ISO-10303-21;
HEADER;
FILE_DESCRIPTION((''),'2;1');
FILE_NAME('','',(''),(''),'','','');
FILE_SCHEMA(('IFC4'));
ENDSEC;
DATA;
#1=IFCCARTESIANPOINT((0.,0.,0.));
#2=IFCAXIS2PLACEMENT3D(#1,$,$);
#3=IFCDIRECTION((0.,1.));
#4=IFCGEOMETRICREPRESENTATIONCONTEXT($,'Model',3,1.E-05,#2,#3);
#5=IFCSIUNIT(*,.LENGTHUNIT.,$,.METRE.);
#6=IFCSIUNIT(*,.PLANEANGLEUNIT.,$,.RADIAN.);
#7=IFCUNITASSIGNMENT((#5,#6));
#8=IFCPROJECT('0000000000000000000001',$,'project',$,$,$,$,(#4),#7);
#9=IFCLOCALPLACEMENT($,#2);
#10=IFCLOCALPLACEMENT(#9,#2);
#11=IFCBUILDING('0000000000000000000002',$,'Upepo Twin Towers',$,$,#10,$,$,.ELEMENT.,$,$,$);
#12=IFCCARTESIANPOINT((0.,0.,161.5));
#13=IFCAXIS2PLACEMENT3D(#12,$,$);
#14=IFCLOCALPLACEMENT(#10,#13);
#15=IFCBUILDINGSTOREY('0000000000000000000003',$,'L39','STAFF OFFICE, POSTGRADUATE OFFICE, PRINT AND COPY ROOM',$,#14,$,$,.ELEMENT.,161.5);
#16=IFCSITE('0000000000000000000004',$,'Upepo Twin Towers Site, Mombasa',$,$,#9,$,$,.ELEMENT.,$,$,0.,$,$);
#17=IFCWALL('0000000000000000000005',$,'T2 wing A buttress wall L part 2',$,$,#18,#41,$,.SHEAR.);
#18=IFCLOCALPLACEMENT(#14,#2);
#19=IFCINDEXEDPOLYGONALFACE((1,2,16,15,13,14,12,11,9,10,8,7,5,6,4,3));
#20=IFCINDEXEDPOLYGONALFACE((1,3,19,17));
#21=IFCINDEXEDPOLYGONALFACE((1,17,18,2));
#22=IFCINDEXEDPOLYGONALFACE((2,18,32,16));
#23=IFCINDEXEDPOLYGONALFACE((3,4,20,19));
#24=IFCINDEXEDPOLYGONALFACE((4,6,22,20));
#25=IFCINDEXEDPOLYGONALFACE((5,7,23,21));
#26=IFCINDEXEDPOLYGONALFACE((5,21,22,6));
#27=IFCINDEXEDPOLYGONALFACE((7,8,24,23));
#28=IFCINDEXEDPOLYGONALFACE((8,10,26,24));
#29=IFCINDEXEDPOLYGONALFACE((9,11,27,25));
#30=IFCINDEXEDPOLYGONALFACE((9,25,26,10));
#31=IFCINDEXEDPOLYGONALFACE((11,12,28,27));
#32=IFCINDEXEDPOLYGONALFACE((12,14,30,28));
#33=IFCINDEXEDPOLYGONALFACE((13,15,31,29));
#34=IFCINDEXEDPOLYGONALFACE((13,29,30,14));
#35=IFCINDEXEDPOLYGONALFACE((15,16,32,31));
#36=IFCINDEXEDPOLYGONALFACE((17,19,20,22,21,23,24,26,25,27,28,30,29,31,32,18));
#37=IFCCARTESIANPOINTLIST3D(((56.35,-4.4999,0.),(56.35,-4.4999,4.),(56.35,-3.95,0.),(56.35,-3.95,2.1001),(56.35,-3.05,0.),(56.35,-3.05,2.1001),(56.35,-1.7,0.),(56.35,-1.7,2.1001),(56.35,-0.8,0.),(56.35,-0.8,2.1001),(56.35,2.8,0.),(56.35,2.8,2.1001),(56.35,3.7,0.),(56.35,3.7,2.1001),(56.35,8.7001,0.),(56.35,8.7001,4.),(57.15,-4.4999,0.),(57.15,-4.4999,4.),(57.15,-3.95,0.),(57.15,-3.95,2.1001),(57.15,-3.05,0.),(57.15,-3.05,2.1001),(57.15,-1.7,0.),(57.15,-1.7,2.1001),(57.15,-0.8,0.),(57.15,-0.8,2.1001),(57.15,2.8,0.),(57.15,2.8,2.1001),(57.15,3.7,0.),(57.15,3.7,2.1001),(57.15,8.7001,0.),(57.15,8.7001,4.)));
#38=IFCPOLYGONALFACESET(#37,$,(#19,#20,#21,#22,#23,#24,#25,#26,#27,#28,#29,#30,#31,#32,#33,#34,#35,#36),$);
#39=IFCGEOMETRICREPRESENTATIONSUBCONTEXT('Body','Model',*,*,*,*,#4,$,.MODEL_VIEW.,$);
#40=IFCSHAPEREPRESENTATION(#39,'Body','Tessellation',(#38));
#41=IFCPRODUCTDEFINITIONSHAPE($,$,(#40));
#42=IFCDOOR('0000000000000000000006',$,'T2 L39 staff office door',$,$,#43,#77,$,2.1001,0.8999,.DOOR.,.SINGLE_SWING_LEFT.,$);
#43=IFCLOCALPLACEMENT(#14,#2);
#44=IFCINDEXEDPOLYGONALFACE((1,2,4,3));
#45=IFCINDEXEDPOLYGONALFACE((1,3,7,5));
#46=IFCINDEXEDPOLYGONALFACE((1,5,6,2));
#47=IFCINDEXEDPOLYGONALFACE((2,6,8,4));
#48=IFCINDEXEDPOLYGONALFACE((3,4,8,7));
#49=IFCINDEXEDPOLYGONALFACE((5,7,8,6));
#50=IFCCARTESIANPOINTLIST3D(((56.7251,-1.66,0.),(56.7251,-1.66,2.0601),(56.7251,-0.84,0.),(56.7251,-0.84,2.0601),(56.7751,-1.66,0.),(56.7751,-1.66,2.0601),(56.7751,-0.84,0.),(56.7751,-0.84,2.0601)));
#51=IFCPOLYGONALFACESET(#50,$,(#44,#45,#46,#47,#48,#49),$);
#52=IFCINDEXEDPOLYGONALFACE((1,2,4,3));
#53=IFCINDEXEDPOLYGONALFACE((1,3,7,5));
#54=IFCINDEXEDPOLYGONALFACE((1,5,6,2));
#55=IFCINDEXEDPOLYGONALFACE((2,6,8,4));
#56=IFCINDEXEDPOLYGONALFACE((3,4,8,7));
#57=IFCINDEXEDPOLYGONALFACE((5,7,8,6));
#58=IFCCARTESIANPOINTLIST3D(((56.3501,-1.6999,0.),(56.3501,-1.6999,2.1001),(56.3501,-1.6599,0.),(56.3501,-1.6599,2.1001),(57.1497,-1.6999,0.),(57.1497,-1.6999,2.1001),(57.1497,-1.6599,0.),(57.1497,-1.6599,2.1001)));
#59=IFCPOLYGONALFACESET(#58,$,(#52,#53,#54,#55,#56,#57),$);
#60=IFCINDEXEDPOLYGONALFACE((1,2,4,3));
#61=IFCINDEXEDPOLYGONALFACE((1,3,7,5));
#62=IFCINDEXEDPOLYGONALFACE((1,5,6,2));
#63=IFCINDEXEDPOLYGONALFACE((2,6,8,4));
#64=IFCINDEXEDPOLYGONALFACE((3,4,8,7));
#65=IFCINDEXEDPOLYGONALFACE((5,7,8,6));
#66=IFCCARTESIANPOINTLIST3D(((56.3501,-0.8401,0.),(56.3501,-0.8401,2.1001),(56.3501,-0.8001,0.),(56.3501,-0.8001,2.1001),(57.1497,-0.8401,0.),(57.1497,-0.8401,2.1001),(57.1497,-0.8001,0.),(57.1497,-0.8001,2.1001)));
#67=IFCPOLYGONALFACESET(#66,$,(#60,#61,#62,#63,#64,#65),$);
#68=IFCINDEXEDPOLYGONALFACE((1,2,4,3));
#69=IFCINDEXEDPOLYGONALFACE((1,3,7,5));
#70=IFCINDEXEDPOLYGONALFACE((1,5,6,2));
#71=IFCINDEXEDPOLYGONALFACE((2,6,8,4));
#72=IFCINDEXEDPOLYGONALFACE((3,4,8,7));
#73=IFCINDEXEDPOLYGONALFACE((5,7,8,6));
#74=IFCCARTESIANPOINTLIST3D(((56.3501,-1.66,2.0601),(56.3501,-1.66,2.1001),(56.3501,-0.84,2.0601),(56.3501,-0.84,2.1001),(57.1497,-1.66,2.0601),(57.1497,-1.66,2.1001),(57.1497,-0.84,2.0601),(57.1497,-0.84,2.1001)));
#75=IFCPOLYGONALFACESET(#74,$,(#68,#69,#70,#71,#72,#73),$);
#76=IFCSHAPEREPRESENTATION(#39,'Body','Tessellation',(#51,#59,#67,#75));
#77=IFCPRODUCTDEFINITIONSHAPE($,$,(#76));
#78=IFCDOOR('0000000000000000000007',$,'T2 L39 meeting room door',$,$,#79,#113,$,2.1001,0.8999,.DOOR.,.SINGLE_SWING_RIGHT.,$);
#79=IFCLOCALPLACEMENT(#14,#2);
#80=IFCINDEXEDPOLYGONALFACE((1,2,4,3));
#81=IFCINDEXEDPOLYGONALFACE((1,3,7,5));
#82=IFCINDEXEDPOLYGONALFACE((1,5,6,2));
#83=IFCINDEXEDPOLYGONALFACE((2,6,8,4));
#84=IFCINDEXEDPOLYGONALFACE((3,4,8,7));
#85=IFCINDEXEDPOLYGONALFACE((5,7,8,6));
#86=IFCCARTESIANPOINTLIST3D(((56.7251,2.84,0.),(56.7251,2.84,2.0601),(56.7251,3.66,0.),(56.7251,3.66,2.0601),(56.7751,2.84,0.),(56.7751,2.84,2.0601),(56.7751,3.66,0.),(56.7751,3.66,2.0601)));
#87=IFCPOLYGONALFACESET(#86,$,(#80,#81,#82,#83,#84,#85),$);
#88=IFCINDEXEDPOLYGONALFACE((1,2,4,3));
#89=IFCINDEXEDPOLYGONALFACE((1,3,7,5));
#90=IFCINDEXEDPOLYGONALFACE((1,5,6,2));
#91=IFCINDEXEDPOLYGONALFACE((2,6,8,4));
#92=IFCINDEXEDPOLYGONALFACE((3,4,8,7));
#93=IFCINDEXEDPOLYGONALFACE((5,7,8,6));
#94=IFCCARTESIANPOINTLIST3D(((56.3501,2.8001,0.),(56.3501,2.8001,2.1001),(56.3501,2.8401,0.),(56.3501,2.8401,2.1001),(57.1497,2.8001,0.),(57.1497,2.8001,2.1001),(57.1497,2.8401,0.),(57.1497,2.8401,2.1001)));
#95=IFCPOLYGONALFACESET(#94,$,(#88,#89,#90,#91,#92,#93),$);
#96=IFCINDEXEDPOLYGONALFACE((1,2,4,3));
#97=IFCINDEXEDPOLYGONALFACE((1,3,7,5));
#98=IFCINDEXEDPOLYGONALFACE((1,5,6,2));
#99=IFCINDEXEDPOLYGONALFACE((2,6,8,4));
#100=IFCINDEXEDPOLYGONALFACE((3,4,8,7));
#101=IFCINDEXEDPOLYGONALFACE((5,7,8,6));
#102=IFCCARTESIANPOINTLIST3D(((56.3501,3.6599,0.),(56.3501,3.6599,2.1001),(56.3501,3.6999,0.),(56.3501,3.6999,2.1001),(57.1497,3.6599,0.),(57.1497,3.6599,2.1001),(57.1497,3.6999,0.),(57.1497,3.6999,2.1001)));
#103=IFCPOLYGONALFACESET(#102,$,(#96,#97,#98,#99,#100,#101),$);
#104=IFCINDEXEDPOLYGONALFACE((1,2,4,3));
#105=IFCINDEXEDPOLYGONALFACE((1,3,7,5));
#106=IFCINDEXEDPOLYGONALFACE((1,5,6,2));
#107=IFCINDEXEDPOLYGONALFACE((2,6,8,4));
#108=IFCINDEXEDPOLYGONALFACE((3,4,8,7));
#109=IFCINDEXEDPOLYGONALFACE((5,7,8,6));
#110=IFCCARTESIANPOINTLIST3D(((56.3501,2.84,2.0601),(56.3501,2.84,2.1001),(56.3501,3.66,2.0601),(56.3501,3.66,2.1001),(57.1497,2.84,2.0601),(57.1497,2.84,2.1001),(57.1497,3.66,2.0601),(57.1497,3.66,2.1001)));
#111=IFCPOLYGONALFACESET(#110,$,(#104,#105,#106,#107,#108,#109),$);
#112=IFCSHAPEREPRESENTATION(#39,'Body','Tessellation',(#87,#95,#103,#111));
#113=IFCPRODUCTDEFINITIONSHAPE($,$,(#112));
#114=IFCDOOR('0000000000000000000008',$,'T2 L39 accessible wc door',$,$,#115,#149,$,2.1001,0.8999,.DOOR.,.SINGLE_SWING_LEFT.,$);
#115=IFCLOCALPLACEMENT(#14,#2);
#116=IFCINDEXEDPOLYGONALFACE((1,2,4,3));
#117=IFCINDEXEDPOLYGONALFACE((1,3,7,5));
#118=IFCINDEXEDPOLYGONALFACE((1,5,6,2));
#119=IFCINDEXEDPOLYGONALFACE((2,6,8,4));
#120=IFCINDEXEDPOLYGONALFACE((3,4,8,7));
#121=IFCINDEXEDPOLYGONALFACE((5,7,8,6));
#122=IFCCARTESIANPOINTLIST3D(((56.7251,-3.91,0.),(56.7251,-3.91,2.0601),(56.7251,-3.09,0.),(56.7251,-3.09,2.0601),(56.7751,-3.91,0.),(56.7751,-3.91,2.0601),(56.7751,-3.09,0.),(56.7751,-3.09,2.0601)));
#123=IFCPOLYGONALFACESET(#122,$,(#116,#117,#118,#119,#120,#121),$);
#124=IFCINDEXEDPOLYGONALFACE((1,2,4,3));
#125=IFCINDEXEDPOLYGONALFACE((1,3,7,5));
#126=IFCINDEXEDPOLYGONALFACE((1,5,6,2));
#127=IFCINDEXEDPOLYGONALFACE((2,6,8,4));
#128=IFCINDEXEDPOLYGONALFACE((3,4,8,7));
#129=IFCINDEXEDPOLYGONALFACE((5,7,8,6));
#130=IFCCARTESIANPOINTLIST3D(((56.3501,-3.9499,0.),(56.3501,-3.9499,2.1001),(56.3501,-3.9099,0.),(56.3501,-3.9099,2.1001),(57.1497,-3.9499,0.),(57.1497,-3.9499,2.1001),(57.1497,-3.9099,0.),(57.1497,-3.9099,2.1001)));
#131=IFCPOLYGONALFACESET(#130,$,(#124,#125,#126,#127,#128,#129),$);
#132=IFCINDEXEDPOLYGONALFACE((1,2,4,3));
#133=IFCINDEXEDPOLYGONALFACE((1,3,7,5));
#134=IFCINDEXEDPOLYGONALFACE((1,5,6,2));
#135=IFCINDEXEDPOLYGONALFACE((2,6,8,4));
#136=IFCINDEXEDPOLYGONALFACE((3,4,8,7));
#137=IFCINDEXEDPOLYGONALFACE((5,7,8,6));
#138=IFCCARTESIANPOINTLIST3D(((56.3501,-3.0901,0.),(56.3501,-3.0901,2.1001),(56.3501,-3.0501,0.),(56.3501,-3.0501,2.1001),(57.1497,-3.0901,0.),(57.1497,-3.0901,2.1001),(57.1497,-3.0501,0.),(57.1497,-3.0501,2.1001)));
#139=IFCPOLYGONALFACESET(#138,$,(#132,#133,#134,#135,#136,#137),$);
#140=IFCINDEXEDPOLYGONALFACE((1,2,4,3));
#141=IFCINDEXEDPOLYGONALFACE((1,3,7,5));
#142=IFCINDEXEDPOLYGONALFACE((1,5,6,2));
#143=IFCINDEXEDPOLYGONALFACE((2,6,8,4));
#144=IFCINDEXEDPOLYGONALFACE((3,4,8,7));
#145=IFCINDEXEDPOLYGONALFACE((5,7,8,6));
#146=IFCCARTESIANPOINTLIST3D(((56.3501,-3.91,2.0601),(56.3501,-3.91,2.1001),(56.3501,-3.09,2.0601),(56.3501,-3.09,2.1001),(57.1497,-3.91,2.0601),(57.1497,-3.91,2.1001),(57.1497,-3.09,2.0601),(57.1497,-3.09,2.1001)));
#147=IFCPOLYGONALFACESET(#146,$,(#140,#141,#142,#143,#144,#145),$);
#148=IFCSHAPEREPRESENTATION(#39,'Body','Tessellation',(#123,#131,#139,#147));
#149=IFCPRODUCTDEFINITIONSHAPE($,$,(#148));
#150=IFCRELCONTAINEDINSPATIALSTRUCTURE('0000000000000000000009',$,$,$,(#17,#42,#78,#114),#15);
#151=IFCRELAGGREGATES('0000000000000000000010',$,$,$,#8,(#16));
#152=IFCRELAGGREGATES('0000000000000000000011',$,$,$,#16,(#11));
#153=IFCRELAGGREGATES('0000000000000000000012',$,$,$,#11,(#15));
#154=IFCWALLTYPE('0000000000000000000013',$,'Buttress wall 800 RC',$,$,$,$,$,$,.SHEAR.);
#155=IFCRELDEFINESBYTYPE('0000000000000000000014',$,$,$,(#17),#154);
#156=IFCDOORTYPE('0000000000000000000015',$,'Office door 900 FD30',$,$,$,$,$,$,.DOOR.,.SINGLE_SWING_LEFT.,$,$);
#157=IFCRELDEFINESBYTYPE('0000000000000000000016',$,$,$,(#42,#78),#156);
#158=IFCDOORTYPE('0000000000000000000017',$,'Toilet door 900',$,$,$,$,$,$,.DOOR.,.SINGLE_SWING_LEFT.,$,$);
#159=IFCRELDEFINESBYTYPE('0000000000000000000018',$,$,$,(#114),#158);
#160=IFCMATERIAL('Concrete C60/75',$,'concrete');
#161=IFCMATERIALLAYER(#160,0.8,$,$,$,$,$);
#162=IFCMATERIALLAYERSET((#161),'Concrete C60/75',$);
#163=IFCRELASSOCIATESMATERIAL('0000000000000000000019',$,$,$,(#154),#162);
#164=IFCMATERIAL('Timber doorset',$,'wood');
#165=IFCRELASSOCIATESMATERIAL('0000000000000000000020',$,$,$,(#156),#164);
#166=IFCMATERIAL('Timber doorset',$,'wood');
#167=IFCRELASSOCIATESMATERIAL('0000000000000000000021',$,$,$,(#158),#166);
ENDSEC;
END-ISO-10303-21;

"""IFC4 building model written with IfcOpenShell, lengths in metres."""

from ifc_helpers import new_model, si_unit, direction, frame, frame_2d, origin, place, context, subcontext, project, spatial, rectangle, extrude, material, layer, layer_set, type_object, element, fill, save


model = new_model("IFC4")

# Units and contexts
model_context = context("Model", 3, precision=1e-05, world=origin(), true_north=direction((0.0, 1.0)))
body_context = subcontext(model_context, "Body", "Model", "MODEL_VIEW")
ifc_project = project(units=[si_unit("LENGTHUNIT", "METRE"), si_unit("PLANEANGLEUNIT", "RADIAN")], contexts=[model_context])

# Site, building, storey
site_placement = place(None, origin())
site = spatial("IfcSite", under=ifc_project, at=site_placement, Name="Upepo Twin Towers Site, Mombasa", CompositionType="ELEMENT", RefElevation=0.0)
building_placement = place(site_placement, origin())
building = spatial("IfcBuilding", under=site, at=building_placement, Name="Upepo Twin Towers", CompositionType="ELEMENT")
storey_placement = place(building_placement, frame((0.0, 0.0, 161.5)))
storey = spatial("IfcBuildingStorey", under=building, at=storey_placement, Name="L39", Description="STAFF OFFICE, POSTGRADUATE OFFICE, PRINT AND COPY ROOM", CompositionType="ELEMENT", Elevation=161.5)

# Wall, openings, doors
ifc_material_1 = material(Name="Concrete C60/75", Category="concrete")
ifc_layer_1 = layer(ifc_material_1, 0.8)
ifc_layer_set_1 = layer_set([ifc_layer_1], Name="Concrete C60/75")
wall_type_1 = type_object("IfcWallType", Name="Buttress wall 800 RC", PredefinedType="SHEAR", material=ifc_layer_set_1)
wall_1_placement = place(storey_placement, frame((56.75, -4.5, 0.0), z_axis=(0.0, 0.0, 1.0), x_axis=(0.0, 1.0, 0.0)))
wall_1 = element("IfcWall", 1, at=wall_1_placement, inside=storey, type_object=wall_type_1, Name="T2 wing A buttress wall L part 2", PredefinedType="SHEAR", context=body_context, shape_type="SweptSolid", body=[
    extrude(rectangle(XDim=13.2, YDim=0.8, at=frame_2d((6.6001, 0.0))), origin(), (0.0, 0.0, 1.0), 4.0),
])
opening_1_placement = place(wall_1_placement, frame((0.55, 0.0, 0.0)))
opening_1 = element("IfcOpeningElement", 2, at=opening_1_placement, cuts=wall_1, PredefinedType="OPENING", context=body_context, shape_type="SweptSolid", body=[
    extrude(rectangle(XDim=0.8999, YDim=2.1001, at=frame_2d((0.45, 1.05))), frame((0.0, 0.4099, 0.0), z_axis=(0.0, -1.0, 0.0), x_axis=(1.0, 0.0, 0.0)), (0.0, 0.0, 1.0), 0.8201),
])
opening_2_placement = place(wall_1_placement, frame((2.8, 0.0, 0.0)))
opening_2 = element("IfcOpeningElement", 3, at=opening_2_placement, cuts=wall_1, PredefinedType="OPENING", context=body_context, shape_type="SweptSolid", body=[
    extrude(rectangle(XDim=0.8999, YDim=2.1001, at=frame_2d((0.45, 1.05))), frame((0.0, 0.4099, 0.0), z_axis=(0.0, -1.0, 0.0), x_axis=(1.0, 0.0, 0.0)), (0.0, 0.0, 1.0), 0.8201),
])
opening_3_placement = place(wall_1_placement, frame((7.3, 0.0, 0.0)))
opening_3 = element("IfcOpeningElement", 4, at=opening_3_placement, cuts=wall_1, PredefinedType="OPENING", context=body_context, shape_type="SweptSolid", body=[
    extrude(rectangle(XDim=0.8999, YDim=2.1001, at=frame_2d((0.45, 1.05))), frame((0.0, 0.4099, 0.0), z_axis=(0.0, -1.0, 0.0), x_axis=(1.0, 0.0, 0.0)), (0.0, 0.0, 1.0), 0.8201),
])
ifc_material_2 = material(Name="Timber doorset", Category="wood")
door_type_1 = type_object("IfcDoorType", Name="Office door 900 FD30", OperationType="SINGLE_SWING_LEFT", PredefinedType="DOOR", material=ifc_material_2)
door_1_placement = place(opening_2_placement, origin())
door_1 = element("IfcDoor", 5, at=door_1_placement, inside=storey, type_object=door_type_1, Name="T2 L39 staff office door", OperationType="SINGLE_SWING_LEFT", OverallHeight=2.1001, OverallWidth=0.8999, PredefinedType="DOOR", context=body_context, shape_type="SweptSolid", body=[
    extrude(rectangle(XDim=0.8199, YDim=2.0601, at=frame_2d((0.45, 1.03))), frame((0.0, 0.0249, 0.0), z_axis=(0.0, -1.0, 0.0), x_axis=(1.0, 0.0, 0.0)), (0.0, 0.0, 1.0), 0.05),
    extrude(rectangle(XDim=0.04, YDim=2.1001, at=frame_2d((0.02, 1.05))), frame((0.0, 0.3999, 0.0), z_axis=(0.0, -1.0, 0.0), x_axis=(1.0, 0.0, 0.0)), (0.0, 0.0, 1.0), 0.7996),
    extrude(rectangle(XDim=0.04, YDim=2.1001, at=frame_2d((0.8799, 1.05))), frame((0.0, 0.3999, 0.0), z_axis=(0.0, -1.0, 0.0), x_axis=(1.0, 0.0, 0.0)), (0.0, 0.0, 1.0), 0.7996),
    extrude(rectangle(XDim=0.8199, YDim=0.04, at=frame_2d((0.45, 2.0801))), frame((0.0, 0.3999, 0.0), z_axis=(0.0, -1.0, 0.0), x_axis=(1.0, 0.0, 0.0)), (0.0, 0.0, 1.0), 0.7996),
])
fill(opening_2, door_1)
door_2_placement = place(opening_3_placement, origin())
door_2 = element("IfcDoor", 6, at=door_2_placement, inside=storey, type_object=door_type_1, Name="T2 L39 meeting room door", OperationType="SINGLE_SWING_RIGHT", OverallHeight=2.1001, OverallWidth=0.8999, PredefinedType="DOOR", context=body_context, shape_type="SweptSolid", body=[
    extrude(rectangle(XDim=0.8199, YDim=2.0601, at=frame_2d((0.45, 1.03))), frame((0.0, 0.0249, 0.0), z_axis=(0.0, -1.0, 0.0), x_axis=(1.0, 0.0, 0.0)), (0.0, 0.0, 1.0), 0.05),
    extrude(rectangle(XDim=0.04, YDim=2.1001, at=frame_2d((0.02, 1.05))), frame((0.0, 0.3999, 0.0), z_axis=(0.0, -1.0, 0.0), x_axis=(1.0, 0.0, 0.0)), (0.0, 0.0, 1.0), 0.7996),
    extrude(rectangle(XDim=0.04, YDim=2.1001, at=frame_2d((0.8799, 1.05))), frame((0.0, 0.3999, 0.0), z_axis=(0.0, -1.0, 0.0), x_axis=(1.0, 0.0, 0.0)), (0.0, 0.0, 1.0), 0.7996),
    extrude(rectangle(XDim=0.8199, YDim=0.04, at=frame_2d((0.45, 2.0801))), frame((0.0, 0.3999, 0.0), z_axis=(0.0, -1.0, 0.0), x_axis=(1.0, 0.0, 0.0)), (0.0, 0.0, 1.0), 0.7996),
])
fill(opening_3, door_2)
ifc_material_3 = material(Name="Timber doorset", Category="wood")
door_type_2 = type_object("IfcDoorType", Name="Toilet door 900", OperationType="SINGLE_SWING_LEFT", PredefinedType="DOOR", material=ifc_material_3)
door_3_placement = place(opening_1_placement, origin())
door_3 = element("IfcDoor", 7, at=door_3_placement, inside=storey, type_object=door_type_2, Name="T2 L39 accessible wc door", OperationType="SINGLE_SWING_LEFT", OverallHeight=2.1001, OverallWidth=0.8999, PredefinedType="DOOR", context=body_context, shape_type="SweptSolid", body=[
    extrude(rectangle(XDim=0.8199, YDim=2.0601, at=frame_2d((0.45, 1.03))), frame((0.0, 0.0249, 0.0), z_axis=(0.0, -1.0, 0.0), x_axis=(1.0, 0.0, 0.0)), (0.0, 0.0, 1.0), 0.05),
    extrude(rectangle(XDim=0.04, YDim=2.1001, at=frame_2d((0.02, 1.05))), frame((0.0, 0.3999, 0.0), z_axis=(0.0, -1.0, 0.0), x_axis=(1.0, 0.0, 0.0)), (0.0, 0.0, 1.0), 0.7996),
    extrude(rectangle(XDim=0.04, YDim=2.1001, at=frame_2d((0.8799, 1.05))), frame((0.0, 0.3999, 0.0), z_axis=(0.0, -1.0, 0.0), x_axis=(1.0, 0.0, 0.0)), (0.0, 0.0, 1.0), 0.7996),
    extrude(rectangle(XDim=0.8199, YDim=0.04, at=frame_2d((0.45, 2.0801))), frame((0.0, 0.3999, 0.0), z_axis=(0.0, -1.0, 0.0), x_axis=(1.0, 0.0, 0.0)), (0.0, 0.0, 1.0), 0.7996),
])
fill(opening_1, door_3)

save(model, "model.ifc")
